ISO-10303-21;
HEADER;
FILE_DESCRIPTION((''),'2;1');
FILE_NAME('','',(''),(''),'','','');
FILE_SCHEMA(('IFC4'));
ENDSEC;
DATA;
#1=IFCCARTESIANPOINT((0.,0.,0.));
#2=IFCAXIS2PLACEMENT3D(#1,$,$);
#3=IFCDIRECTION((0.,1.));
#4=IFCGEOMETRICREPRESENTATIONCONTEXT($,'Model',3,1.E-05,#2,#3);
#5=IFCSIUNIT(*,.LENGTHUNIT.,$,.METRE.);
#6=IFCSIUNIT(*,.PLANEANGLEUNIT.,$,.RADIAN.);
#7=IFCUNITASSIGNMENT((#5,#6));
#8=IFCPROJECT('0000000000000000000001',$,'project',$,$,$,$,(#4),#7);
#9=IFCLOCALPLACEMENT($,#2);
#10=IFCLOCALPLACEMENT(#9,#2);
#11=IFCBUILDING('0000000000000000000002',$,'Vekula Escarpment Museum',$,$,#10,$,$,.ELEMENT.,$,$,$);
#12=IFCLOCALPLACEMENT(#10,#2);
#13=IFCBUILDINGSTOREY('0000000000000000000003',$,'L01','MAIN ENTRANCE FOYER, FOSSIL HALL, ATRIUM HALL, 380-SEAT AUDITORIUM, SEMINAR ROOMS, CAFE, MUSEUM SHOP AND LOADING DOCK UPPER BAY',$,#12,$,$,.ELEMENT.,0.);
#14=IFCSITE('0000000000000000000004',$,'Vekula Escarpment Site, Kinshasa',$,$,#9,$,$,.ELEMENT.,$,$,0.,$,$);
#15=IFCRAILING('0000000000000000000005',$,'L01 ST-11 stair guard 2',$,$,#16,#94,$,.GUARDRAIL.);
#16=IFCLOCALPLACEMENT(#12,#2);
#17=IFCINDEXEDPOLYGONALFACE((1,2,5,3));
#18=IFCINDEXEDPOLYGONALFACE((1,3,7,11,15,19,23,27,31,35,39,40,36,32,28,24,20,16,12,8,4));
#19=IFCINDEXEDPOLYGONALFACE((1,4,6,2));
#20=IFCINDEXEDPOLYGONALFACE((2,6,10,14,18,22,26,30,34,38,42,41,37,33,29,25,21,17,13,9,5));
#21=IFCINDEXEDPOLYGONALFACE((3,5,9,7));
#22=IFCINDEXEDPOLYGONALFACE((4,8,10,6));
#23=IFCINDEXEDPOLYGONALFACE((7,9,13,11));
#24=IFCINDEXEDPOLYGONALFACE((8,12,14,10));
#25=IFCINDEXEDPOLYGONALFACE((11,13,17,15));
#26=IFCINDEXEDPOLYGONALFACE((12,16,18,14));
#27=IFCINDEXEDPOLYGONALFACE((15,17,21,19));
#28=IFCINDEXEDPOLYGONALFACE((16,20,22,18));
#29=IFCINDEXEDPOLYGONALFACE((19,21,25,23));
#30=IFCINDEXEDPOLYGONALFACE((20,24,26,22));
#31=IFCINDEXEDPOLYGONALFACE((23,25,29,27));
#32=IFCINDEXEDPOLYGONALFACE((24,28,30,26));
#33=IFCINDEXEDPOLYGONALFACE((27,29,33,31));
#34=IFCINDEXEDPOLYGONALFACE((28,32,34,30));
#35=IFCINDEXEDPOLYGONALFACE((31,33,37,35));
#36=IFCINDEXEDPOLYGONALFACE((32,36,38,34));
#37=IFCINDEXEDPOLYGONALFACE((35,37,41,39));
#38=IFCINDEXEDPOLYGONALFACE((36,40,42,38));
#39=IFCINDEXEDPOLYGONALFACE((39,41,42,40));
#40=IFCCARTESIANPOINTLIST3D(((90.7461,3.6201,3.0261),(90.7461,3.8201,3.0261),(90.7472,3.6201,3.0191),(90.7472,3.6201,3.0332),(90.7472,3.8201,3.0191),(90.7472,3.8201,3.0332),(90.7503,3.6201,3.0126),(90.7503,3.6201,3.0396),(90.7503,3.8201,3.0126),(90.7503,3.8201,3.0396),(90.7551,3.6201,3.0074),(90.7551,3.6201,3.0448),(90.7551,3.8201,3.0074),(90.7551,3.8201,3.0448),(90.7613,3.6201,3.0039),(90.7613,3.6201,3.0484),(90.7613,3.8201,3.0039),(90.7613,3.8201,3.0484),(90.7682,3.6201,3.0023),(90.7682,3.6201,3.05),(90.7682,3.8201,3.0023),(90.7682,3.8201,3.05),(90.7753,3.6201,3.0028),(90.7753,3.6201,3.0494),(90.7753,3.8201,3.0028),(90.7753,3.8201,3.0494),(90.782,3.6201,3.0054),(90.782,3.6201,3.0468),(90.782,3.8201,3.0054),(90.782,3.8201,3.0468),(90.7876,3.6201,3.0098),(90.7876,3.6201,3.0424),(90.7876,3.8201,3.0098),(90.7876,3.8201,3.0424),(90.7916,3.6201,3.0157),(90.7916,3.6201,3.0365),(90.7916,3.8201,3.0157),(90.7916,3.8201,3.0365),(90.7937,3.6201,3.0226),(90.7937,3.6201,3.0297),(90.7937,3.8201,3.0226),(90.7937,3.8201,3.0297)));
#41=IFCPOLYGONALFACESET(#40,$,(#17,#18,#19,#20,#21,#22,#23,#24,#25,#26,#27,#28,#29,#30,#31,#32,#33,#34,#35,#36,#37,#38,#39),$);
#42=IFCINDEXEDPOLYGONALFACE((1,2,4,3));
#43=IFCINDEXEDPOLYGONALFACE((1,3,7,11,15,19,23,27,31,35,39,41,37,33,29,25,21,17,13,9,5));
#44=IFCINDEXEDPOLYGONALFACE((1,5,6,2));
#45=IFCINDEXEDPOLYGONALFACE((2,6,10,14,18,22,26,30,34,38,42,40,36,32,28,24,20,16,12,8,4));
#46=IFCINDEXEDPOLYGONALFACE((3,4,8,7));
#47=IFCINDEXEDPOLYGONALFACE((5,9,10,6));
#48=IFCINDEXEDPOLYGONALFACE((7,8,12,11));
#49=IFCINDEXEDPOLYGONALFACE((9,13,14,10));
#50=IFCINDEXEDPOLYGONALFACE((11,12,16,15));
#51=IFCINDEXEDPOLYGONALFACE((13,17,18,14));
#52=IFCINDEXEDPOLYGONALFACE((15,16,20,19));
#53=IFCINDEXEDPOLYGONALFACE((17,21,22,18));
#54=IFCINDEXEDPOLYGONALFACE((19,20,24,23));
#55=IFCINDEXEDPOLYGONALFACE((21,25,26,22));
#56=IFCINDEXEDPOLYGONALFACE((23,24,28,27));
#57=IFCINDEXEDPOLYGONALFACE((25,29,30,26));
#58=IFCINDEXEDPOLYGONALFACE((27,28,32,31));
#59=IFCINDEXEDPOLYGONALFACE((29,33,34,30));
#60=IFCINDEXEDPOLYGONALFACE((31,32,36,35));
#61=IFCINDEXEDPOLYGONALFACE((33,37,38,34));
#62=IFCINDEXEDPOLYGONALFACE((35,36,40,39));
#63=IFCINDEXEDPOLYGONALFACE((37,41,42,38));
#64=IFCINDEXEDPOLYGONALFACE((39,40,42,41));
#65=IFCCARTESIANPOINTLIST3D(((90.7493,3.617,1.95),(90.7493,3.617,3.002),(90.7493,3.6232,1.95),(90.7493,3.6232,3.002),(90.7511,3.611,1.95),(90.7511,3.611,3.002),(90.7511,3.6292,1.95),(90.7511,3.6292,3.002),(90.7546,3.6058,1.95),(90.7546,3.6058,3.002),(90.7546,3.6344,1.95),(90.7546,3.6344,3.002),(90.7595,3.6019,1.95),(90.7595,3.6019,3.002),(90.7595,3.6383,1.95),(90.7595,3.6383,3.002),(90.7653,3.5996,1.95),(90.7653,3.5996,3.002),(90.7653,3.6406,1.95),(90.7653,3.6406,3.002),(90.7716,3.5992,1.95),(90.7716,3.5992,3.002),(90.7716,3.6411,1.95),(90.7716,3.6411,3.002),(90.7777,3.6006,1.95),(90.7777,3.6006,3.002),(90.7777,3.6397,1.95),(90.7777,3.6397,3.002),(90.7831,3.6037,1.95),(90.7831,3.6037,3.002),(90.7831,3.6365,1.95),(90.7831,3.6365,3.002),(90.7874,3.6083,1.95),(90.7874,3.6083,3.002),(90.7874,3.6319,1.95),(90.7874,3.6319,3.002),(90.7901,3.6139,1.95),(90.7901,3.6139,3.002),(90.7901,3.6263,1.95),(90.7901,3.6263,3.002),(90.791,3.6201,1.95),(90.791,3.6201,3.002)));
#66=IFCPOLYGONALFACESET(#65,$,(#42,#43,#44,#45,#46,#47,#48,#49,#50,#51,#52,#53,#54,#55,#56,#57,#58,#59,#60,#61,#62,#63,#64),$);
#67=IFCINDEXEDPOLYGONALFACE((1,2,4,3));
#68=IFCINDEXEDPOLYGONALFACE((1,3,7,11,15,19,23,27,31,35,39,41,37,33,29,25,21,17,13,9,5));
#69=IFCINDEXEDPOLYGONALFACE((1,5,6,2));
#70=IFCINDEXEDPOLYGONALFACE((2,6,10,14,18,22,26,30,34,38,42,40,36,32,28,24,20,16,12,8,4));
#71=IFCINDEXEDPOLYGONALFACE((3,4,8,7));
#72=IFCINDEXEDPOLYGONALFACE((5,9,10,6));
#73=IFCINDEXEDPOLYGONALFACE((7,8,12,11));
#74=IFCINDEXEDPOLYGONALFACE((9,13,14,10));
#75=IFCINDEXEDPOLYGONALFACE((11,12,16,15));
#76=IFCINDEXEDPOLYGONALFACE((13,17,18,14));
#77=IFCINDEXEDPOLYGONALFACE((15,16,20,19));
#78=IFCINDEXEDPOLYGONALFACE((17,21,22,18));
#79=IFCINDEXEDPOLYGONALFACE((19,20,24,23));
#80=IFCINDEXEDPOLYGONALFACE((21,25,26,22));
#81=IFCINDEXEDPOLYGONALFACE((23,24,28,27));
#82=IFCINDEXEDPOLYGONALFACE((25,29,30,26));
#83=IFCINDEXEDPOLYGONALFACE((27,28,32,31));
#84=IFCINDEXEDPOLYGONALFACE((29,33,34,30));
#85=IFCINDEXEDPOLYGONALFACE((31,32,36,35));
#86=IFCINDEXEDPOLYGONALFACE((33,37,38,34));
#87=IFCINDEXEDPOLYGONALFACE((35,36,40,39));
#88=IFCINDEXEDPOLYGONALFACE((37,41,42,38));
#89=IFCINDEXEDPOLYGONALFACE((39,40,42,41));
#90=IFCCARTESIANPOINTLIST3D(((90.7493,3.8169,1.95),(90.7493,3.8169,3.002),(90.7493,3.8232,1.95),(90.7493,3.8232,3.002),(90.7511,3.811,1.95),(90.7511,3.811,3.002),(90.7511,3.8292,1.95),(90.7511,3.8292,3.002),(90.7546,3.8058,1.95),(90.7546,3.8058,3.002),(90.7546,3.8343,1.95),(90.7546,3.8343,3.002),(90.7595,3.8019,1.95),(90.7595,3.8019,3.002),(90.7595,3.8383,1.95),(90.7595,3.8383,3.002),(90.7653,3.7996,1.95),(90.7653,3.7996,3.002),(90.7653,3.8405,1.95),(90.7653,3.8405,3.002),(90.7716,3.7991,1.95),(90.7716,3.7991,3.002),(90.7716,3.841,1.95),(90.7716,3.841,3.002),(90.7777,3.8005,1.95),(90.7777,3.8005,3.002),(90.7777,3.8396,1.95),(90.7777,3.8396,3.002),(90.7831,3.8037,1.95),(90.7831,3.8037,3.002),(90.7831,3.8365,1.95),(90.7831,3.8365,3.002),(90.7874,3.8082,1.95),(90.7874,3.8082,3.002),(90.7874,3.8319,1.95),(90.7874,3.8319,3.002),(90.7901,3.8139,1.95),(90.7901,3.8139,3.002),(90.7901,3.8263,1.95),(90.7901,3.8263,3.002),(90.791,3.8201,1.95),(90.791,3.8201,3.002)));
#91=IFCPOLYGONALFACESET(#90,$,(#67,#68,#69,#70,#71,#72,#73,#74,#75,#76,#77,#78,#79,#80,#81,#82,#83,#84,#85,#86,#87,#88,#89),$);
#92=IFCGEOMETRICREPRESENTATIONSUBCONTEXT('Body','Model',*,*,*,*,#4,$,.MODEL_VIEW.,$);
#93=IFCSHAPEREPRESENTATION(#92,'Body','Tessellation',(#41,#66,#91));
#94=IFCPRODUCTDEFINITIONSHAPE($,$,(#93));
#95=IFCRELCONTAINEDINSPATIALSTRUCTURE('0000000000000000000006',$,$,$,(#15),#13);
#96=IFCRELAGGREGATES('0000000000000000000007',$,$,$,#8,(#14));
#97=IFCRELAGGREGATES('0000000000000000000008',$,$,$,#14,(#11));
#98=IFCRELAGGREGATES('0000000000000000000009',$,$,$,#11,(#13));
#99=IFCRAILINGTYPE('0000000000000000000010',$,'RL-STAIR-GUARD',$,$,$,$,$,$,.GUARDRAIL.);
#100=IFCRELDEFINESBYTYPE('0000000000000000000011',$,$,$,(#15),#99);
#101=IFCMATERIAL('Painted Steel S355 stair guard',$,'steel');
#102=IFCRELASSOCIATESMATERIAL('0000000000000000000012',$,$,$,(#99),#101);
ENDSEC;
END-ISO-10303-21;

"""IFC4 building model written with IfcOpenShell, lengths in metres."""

from ifc_helpers import new_model, si_unit, direction, frame, origin, origin_2d, place, context, subcontext, project, spatial, circle, extrude, material, type_object, element, save


model = new_model("IFC4")

# Units and contexts
model_context = context("Model", 3, precision=1e-05, world=origin(), true_north=direction((0.0, 1.0)))
body_context = subcontext(model_context, "Body", "Model", "MODEL_VIEW")
ifc_project = project(units=[si_unit("LENGTHUNIT", "METRE"), si_unit("PLANEANGLEUNIT", "RADIAN")], contexts=[model_context])

# Site, building, storey
site_placement = place(None, origin())
site = spatial("IfcSite", under=ifc_project, at=site_placement, Name="Vekula Escarpment Site, Kinshasa", CompositionType="ELEMENT", RefElevation=0.0)
building_placement = place(site_placement, origin())
building = spatial("IfcBuilding", under=site, at=building_placement, Name="Vekula Escarpment Museum", CompositionType="ELEMENT")
storey_placement = place(building_placement, origin())
storey = spatial("IfcBuildingStorey", under=building, at=storey_placement, Name="L01", Description="MAIN ENTRANCE FOYER, FOSSIL HALL, ATRIUM HALL, 380-SEAT AUDITORIUM, SEMINAR ROOMS, CAFE, MUSEUM SHOP AND LOADING DOCK UPPER BAY", CompositionType="ELEMENT", Elevation=0.0)

# Railing
ifc_material_1 = material(Name="Painted Steel S355 stair guard", Category="steel")
railing_type_1 = type_object("IfcRailingType", Name="RL-STAIR-GUARD", PredefinedType="GUARDRAIL", material=ifc_material_1)
railing_1_placement = place(storey_placement, frame((90.77, 3.6201, 1.95)))
element("IfcRailing", 1, at=railing_1_placement, inside=storey, type_object=railing_type_1, Name="L01 ST-11 stair guard 2", PredefinedType="GUARDRAIL", context=body_context, shape_type="SweptSolid", body=[
    extrude(circle(Radius=0.0239, at=origin_2d()), frame((0.0, 0.0, 1.0762), z_axis=(0.0, 1.0, 0.0), x_axis=(-1.0, 0.0, 0.0)), (0.0, 0.0, 1.0), 0.2),
    extrude(circle(Radius=0.021, at=origin_2d()), origin(), (0.0, 0.0, 1.0), 1.052),
    extrude(circle(Radius=0.021, at=origin_2d()), frame((0.0, 0.2, 0.0)), (0.0, 0.0, 1.0), 1.052),
])

save(model, "model.ifc")
